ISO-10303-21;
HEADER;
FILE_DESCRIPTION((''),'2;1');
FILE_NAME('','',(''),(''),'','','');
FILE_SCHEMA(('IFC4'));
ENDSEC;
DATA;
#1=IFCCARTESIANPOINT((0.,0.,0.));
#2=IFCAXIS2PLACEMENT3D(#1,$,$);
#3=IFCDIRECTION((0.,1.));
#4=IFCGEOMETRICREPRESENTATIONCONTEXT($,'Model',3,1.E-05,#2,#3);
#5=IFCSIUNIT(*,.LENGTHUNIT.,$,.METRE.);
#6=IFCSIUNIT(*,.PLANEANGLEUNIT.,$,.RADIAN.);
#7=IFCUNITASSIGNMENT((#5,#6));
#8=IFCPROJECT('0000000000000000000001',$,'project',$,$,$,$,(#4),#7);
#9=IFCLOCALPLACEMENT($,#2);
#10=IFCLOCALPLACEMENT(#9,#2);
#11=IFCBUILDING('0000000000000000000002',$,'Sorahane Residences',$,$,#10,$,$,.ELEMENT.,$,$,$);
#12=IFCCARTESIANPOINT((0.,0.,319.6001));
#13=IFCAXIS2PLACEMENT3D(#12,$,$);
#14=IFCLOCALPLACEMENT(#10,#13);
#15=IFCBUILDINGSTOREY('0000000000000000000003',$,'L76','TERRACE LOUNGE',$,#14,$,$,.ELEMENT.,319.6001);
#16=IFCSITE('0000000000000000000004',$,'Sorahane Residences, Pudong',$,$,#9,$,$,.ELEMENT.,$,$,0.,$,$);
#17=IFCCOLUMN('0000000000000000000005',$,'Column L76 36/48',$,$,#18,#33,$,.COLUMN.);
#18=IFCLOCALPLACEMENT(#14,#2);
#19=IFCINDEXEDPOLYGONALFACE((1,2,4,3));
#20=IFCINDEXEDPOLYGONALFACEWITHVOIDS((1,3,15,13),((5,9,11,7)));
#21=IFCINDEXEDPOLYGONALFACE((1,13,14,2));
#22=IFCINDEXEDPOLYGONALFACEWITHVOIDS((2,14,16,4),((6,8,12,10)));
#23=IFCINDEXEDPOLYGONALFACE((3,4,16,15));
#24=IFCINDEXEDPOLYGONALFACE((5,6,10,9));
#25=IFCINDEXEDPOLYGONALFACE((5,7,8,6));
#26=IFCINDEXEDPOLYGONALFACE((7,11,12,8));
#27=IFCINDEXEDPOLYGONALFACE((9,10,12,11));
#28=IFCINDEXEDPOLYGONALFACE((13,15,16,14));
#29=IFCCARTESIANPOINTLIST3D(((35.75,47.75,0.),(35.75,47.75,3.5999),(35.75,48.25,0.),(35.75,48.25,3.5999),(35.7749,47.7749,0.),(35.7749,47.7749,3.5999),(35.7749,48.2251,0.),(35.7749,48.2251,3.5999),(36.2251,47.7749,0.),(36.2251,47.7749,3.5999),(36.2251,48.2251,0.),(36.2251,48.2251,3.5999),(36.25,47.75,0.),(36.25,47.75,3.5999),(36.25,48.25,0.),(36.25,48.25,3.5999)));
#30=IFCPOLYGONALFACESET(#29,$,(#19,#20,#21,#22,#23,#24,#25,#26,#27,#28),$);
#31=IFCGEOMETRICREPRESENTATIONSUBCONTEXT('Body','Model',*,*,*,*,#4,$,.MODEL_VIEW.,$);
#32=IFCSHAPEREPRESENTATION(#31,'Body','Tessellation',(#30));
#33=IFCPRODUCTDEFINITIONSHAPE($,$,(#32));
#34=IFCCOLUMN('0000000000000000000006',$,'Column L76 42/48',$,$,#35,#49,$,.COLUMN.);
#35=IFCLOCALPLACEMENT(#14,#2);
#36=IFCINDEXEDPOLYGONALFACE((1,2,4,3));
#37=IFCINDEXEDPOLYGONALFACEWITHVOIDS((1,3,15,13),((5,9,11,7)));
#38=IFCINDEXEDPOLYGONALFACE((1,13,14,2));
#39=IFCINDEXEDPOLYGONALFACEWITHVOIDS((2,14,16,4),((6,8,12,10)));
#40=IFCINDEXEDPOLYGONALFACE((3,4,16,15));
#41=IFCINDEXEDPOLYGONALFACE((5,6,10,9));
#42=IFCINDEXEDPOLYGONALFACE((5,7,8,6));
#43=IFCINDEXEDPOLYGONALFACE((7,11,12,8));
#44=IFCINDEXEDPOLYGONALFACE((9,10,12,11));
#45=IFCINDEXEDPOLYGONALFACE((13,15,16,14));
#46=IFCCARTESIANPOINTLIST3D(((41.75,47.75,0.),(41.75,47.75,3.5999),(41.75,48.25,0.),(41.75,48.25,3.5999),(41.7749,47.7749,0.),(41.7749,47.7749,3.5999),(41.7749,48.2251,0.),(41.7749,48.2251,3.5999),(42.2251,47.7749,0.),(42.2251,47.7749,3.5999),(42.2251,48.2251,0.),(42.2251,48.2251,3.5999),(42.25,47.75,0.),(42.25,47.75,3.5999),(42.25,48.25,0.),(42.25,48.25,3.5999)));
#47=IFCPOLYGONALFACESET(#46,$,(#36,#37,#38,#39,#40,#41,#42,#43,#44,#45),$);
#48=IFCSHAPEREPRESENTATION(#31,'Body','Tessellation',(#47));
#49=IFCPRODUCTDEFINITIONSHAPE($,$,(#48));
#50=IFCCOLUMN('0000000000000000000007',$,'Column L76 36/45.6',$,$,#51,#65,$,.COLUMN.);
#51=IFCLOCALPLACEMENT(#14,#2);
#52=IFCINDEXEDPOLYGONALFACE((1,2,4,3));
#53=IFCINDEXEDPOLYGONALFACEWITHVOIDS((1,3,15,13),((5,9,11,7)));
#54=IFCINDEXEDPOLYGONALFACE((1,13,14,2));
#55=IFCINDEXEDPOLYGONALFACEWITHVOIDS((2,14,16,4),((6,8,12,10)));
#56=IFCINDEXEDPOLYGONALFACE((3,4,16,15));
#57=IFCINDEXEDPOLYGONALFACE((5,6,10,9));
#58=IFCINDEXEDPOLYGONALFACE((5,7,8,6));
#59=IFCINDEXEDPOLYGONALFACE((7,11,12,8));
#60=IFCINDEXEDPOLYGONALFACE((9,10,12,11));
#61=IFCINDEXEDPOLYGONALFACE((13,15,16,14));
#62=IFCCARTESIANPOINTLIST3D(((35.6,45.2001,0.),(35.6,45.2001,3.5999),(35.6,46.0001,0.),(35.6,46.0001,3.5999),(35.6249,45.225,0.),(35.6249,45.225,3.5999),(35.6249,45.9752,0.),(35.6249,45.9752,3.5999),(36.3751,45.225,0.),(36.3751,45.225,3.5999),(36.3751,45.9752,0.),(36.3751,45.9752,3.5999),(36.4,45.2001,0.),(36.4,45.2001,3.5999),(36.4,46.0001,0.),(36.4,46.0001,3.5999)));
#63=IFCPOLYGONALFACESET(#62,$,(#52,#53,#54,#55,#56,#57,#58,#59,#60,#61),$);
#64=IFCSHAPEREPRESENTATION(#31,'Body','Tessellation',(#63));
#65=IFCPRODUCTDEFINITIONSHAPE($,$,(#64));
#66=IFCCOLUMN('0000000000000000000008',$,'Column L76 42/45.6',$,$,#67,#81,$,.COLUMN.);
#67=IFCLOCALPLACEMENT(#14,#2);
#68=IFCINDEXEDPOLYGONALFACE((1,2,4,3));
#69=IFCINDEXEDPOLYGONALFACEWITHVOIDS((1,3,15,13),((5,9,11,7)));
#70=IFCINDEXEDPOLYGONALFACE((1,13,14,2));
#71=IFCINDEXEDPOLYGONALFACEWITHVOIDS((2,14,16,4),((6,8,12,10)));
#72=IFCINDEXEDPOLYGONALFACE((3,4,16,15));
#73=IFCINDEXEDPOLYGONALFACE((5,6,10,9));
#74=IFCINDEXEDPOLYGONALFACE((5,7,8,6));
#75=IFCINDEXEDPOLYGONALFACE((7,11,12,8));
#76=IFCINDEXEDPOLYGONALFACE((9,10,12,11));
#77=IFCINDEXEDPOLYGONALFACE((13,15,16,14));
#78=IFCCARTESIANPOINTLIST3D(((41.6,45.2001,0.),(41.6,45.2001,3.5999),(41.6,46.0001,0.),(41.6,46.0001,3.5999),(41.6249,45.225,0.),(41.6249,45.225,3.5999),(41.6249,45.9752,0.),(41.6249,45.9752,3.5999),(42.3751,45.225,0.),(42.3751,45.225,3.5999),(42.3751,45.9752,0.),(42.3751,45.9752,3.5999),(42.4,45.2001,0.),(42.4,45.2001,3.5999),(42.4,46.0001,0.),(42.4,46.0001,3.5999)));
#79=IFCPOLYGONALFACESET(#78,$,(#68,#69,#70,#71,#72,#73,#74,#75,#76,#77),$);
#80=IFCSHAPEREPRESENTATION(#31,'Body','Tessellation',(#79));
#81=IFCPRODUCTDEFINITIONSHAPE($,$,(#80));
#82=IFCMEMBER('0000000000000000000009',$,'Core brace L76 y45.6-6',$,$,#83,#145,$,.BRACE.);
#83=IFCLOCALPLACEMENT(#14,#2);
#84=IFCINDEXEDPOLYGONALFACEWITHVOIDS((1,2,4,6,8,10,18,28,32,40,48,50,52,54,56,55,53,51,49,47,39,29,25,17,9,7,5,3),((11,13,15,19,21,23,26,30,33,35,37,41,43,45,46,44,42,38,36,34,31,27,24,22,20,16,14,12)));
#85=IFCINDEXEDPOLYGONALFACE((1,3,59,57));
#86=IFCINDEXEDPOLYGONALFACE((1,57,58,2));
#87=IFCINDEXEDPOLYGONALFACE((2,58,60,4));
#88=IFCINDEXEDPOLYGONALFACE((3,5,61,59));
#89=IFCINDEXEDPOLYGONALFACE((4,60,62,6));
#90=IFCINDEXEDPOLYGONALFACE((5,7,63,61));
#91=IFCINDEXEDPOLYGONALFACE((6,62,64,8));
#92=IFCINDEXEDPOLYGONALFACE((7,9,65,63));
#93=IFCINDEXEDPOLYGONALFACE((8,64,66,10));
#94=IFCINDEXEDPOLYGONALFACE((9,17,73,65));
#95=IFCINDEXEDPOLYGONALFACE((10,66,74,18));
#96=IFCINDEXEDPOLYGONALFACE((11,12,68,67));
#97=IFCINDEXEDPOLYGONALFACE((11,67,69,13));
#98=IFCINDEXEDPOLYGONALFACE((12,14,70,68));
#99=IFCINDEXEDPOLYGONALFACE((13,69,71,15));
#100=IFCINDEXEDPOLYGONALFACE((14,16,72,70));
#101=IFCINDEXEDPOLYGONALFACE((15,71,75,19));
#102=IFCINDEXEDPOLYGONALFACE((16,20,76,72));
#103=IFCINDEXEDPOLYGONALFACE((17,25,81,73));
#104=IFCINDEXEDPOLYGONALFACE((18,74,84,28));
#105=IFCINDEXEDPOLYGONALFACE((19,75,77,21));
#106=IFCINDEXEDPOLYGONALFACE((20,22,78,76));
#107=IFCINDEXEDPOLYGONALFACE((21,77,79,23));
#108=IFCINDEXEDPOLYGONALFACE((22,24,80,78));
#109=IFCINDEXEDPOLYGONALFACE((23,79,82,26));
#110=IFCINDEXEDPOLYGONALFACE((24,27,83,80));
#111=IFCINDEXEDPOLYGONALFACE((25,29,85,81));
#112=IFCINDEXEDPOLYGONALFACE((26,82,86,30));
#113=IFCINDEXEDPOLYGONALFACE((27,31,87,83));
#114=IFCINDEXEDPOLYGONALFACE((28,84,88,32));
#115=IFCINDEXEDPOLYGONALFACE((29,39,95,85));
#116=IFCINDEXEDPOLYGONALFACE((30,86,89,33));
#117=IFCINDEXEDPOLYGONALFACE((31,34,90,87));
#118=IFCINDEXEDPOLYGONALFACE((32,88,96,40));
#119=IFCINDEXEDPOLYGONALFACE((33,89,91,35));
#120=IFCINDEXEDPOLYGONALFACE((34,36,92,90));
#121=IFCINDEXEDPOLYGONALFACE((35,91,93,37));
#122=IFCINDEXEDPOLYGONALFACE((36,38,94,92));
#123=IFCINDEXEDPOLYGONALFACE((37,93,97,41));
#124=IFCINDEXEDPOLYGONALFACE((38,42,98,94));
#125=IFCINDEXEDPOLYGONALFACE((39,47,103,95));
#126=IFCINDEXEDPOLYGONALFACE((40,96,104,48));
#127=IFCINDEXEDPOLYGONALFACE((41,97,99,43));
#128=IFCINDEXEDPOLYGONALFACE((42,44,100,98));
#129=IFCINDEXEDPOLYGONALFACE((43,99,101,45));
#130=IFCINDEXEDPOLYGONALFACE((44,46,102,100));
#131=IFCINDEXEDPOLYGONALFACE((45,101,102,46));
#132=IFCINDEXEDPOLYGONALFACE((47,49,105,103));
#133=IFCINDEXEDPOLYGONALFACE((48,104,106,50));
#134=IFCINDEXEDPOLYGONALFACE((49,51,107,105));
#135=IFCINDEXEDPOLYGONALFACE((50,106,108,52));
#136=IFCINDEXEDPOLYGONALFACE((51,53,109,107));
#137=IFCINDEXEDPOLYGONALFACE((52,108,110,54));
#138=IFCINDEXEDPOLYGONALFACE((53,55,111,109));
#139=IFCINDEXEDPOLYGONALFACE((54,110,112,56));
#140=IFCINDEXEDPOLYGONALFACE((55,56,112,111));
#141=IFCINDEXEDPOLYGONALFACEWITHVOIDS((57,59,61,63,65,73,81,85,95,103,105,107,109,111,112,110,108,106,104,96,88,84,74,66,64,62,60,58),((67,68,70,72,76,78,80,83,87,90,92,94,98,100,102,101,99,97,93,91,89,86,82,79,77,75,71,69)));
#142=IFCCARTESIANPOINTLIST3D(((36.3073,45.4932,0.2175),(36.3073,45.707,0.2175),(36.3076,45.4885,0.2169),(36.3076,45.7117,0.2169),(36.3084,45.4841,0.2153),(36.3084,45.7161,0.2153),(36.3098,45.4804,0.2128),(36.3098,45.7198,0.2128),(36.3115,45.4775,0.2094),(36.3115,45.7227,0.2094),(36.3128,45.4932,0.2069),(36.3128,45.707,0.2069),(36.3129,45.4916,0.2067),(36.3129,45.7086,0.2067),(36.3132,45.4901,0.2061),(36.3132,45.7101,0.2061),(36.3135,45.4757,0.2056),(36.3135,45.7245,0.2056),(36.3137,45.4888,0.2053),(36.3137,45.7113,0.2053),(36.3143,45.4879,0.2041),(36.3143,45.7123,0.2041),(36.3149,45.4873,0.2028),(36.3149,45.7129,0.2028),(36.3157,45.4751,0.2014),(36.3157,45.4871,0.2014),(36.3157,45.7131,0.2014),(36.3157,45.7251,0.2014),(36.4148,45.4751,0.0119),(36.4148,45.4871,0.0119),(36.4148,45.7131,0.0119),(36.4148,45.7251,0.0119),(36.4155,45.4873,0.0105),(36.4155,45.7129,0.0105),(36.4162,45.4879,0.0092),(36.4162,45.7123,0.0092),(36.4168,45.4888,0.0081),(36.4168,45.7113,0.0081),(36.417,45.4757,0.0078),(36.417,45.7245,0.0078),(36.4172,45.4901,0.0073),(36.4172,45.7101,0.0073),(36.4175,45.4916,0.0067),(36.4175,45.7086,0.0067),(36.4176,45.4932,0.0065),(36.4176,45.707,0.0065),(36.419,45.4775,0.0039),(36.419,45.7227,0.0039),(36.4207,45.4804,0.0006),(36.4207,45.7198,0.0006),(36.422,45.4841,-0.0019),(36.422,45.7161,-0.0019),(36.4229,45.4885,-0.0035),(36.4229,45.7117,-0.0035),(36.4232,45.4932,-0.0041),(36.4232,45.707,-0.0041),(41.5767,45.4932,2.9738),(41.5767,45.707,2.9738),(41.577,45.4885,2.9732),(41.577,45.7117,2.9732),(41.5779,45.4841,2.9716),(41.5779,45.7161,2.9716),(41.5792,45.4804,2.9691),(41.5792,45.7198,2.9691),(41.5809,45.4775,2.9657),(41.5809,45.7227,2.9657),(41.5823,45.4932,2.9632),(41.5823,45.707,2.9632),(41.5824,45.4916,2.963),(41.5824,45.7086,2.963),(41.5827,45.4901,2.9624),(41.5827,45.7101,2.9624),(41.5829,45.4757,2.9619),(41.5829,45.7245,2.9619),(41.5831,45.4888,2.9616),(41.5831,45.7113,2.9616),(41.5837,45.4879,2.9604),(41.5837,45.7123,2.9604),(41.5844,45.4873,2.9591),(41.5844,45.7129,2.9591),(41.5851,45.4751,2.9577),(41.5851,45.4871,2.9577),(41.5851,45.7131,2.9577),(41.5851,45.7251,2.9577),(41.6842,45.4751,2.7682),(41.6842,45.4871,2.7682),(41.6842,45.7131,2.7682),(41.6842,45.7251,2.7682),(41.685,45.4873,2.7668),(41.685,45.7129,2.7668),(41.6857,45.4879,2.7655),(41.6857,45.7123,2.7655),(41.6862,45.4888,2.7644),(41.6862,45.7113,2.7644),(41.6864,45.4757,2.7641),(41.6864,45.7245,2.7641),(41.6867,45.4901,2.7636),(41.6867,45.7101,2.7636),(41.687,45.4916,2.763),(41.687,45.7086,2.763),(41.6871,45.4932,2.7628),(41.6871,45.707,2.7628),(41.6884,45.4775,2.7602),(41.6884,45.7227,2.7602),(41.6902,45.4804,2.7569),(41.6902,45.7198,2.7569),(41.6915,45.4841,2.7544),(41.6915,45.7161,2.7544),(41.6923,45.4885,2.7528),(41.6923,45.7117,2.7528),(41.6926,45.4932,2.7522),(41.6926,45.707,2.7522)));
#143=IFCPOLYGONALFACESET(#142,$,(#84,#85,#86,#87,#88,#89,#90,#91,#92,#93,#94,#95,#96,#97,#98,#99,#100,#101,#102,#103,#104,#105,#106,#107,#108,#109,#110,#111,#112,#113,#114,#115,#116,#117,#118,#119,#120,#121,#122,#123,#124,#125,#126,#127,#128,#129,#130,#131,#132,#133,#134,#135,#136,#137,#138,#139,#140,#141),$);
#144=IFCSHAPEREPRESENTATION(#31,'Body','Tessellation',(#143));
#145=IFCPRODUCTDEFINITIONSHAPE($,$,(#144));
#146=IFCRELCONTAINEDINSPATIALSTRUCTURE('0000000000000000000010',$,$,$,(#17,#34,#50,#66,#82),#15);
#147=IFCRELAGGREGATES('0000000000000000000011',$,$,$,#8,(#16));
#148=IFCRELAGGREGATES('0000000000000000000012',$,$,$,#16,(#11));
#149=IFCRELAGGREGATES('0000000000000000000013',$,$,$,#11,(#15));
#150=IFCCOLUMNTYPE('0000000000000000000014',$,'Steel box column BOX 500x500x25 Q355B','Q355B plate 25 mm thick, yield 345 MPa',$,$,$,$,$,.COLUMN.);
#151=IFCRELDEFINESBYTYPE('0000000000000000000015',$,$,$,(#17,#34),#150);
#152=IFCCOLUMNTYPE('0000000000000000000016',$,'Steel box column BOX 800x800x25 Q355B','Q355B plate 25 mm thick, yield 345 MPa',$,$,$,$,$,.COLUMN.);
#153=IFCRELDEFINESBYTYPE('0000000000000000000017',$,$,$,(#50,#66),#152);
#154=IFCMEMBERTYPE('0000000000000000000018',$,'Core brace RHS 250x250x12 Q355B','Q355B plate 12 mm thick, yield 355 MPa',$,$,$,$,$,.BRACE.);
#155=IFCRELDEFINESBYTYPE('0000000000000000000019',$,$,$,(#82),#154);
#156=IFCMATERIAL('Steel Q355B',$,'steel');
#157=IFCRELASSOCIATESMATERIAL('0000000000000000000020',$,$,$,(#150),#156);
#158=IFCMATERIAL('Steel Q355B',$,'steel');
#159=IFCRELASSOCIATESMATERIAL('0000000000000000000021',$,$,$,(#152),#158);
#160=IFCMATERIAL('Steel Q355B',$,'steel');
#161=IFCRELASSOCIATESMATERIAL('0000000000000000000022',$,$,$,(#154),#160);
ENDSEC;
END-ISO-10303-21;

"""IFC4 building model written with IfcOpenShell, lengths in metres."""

from ifc_helpers import new_model, si_unit, direction, frame, origin, origin_2d, place, context, subcontext, project, spatial, hollow_rectangle, extrude, material, material_profile, profile_set, type_object, element, save


model = new_model("IFC4")

# Units and contexts
model_context = context("Model", 3, precision=1e-05, world=origin(), true_north=direction((0.0, 1.0)))
body_context = subcontext(model_context, "Body", "Model", "MODEL_VIEW")
ifc_project = project(units=[si_unit("LENGTHUNIT", "METRE"), si_unit("PLANEANGLEUNIT", "RADIAN")], contexts=[model_context])

# Site, building, storey
site_placement = place(None, origin())
site = spatial("IfcSite", under=ifc_project, at=site_placement, Name="Sorahane Residences, Pudong", CompositionType="ELEMENT", RefElevation=0.0)
building_placement = place(site_placement, origin())
building = spatial("IfcBuilding", under=site, at=building_placement, Name="Sorahane Residences", CompositionType="ELEMENT")
storey_placement = place(building_placement, frame((0.0, 0.0, 319.6001)))
storey = spatial("IfcBuildingStorey", under=building, at=storey_placement, Name="L76", Description="TERRACE LOUNGE", CompositionType="ELEMENT", Elevation=319.6001)

# Columns
ifc_material_1 = material(Name="Steel Q355B", Category="steel")
ifc_material_profile_1 = material_profile(ifc_material_1, hollow_rectangle(XDim=0.5, YDim=0.5, WallThickness=0.0249, at=origin_2d()), Name="BOX 500x500x25")
ifc_profile_set_1 = profile_set([ifc_material_profile_1], Name="Steel Q355B")
column_type_1 = type_object("IfcColumnType", Name="Steel box column BOX 500x500x25 Q355B", Description="Q355B plate 25 mm thick, yield 345 MPa", PredefinedType="COLUMN", material=ifc_profile_set_1)
for number, where, z_axis, x_axis, name in (
    (1, (36.0, 48.0, 0.0), (0.0, 0.0, 1.0), (1.0, 0.0, 0.0), "Column L76 36/48"),
    (2, (42.0, 48.0, 0.0), (0.0, 0.0, 1.0), (1.0, 0.0, 0.0), "Column L76 42/48"),
):
    element("IfcColumn", number, at=place(storey_placement, frame(where, z_axis=z_axis, x_axis=x_axis)), inside=storey, type_object=column_type_1, Name=name, PredefinedType="COLUMN", context=body_context, shape_type="SweptSolid", body=[
        extrude(hollow_rectangle(XDim=0.5, YDim=0.5, WallThickness=0.0249, at=origin_2d()), origin(), (0.0, 0.0, 1.0), 3.5999),
    ])
ifc_material_2 = material(Name="Steel Q355B", Category="steel")
ifc_material_profile_2 = material_profile(ifc_material_2, hollow_rectangle(XDim=0.8, YDim=0.8, WallThickness=0.0249, at=origin_2d()), Name="BOX 800x800x25")
ifc_profile_set_2 = profile_set([ifc_material_profile_2], Name="Steel Q355B")
column_type_2 = type_object("IfcColumnType", Name="Steel box column BOX 800x800x25 Q355B", Description="Q355B plate 25 mm thick, yield 345 MPa", PredefinedType="COLUMN", material=ifc_profile_set_2)
for number, where, z_axis, x_axis, name in (
    (3, (36.0, 45.6001, 0.0), (0.0, 0.0, 1.0), (1.0, 0.0, 0.0), "Column L76 36/45.6"),
    (4, (42.0, 45.6001, 0.0), (0.0, 0.0, 1.0), (1.0, 0.0, 0.0), "Column L76 42/45.6"),
):
    element("IfcColumn", number, at=place(storey_placement, frame(where, z_axis=z_axis, x_axis=x_axis)), inside=storey, type_object=column_type_2, Name=name, PredefinedType="COLUMN", context=body_context, shape_type="SweptSolid", body=[
        extrude(hollow_rectangle(XDim=0.8, YDim=0.8, WallThickness=0.0249, at=origin_2d()), origin(), (0.0, 0.0, 1.0), 3.5999),
    ])

# Member
ifc_material_3 = material(Name="Steel Q355B", Category="steel")
ifc_material_profile_3 = material_profile(ifc_material_3, hollow_rectangle(XDim=0.25, YDim=0.25, WallThickness=0.012, InnerFilletRadius=0.0061, OuterFilletRadius=0.0181, at=origin_2d()), Name="RHS 250x250x12")
ifc_profile_set_3 = profile_set([ifc_material_profile_3], Name="Steel Q355B")
member_type_1 = type_object("IfcMemberType", Name="Core brace RHS 250x250x12 Q355B", Description="Q355B plate 12 mm thick, yield 355 MPa", PredefinedType="BRACE", material=ifc_profile_set_3)
member_1_placement = place(storey_placement, frame((36.3652, 45.6001, 0.1067), z_axis=(0.8861, 0.0, 0.463495), x_axis=(0.0, 1.0, 0.0)))
element("IfcMember", 5, at=member_1_placement, inside=storey, type_object=member_type_1, Name="Core brace L76 y45.6-6", PredefinedType="BRACE", context=body_context, shape_type="SweptSolid", body=[
    extrude(hollow_rectangle(XDim=0.25, YDim=0.25, WallThickness=0.012, InnerFilletRadius=0.0061, OuterFilletRadius=0.0181, at=origin_2d()), origin(), (0.0, 0.0, 1.0), 5.9468),
])

save(model, "model.ifc")
